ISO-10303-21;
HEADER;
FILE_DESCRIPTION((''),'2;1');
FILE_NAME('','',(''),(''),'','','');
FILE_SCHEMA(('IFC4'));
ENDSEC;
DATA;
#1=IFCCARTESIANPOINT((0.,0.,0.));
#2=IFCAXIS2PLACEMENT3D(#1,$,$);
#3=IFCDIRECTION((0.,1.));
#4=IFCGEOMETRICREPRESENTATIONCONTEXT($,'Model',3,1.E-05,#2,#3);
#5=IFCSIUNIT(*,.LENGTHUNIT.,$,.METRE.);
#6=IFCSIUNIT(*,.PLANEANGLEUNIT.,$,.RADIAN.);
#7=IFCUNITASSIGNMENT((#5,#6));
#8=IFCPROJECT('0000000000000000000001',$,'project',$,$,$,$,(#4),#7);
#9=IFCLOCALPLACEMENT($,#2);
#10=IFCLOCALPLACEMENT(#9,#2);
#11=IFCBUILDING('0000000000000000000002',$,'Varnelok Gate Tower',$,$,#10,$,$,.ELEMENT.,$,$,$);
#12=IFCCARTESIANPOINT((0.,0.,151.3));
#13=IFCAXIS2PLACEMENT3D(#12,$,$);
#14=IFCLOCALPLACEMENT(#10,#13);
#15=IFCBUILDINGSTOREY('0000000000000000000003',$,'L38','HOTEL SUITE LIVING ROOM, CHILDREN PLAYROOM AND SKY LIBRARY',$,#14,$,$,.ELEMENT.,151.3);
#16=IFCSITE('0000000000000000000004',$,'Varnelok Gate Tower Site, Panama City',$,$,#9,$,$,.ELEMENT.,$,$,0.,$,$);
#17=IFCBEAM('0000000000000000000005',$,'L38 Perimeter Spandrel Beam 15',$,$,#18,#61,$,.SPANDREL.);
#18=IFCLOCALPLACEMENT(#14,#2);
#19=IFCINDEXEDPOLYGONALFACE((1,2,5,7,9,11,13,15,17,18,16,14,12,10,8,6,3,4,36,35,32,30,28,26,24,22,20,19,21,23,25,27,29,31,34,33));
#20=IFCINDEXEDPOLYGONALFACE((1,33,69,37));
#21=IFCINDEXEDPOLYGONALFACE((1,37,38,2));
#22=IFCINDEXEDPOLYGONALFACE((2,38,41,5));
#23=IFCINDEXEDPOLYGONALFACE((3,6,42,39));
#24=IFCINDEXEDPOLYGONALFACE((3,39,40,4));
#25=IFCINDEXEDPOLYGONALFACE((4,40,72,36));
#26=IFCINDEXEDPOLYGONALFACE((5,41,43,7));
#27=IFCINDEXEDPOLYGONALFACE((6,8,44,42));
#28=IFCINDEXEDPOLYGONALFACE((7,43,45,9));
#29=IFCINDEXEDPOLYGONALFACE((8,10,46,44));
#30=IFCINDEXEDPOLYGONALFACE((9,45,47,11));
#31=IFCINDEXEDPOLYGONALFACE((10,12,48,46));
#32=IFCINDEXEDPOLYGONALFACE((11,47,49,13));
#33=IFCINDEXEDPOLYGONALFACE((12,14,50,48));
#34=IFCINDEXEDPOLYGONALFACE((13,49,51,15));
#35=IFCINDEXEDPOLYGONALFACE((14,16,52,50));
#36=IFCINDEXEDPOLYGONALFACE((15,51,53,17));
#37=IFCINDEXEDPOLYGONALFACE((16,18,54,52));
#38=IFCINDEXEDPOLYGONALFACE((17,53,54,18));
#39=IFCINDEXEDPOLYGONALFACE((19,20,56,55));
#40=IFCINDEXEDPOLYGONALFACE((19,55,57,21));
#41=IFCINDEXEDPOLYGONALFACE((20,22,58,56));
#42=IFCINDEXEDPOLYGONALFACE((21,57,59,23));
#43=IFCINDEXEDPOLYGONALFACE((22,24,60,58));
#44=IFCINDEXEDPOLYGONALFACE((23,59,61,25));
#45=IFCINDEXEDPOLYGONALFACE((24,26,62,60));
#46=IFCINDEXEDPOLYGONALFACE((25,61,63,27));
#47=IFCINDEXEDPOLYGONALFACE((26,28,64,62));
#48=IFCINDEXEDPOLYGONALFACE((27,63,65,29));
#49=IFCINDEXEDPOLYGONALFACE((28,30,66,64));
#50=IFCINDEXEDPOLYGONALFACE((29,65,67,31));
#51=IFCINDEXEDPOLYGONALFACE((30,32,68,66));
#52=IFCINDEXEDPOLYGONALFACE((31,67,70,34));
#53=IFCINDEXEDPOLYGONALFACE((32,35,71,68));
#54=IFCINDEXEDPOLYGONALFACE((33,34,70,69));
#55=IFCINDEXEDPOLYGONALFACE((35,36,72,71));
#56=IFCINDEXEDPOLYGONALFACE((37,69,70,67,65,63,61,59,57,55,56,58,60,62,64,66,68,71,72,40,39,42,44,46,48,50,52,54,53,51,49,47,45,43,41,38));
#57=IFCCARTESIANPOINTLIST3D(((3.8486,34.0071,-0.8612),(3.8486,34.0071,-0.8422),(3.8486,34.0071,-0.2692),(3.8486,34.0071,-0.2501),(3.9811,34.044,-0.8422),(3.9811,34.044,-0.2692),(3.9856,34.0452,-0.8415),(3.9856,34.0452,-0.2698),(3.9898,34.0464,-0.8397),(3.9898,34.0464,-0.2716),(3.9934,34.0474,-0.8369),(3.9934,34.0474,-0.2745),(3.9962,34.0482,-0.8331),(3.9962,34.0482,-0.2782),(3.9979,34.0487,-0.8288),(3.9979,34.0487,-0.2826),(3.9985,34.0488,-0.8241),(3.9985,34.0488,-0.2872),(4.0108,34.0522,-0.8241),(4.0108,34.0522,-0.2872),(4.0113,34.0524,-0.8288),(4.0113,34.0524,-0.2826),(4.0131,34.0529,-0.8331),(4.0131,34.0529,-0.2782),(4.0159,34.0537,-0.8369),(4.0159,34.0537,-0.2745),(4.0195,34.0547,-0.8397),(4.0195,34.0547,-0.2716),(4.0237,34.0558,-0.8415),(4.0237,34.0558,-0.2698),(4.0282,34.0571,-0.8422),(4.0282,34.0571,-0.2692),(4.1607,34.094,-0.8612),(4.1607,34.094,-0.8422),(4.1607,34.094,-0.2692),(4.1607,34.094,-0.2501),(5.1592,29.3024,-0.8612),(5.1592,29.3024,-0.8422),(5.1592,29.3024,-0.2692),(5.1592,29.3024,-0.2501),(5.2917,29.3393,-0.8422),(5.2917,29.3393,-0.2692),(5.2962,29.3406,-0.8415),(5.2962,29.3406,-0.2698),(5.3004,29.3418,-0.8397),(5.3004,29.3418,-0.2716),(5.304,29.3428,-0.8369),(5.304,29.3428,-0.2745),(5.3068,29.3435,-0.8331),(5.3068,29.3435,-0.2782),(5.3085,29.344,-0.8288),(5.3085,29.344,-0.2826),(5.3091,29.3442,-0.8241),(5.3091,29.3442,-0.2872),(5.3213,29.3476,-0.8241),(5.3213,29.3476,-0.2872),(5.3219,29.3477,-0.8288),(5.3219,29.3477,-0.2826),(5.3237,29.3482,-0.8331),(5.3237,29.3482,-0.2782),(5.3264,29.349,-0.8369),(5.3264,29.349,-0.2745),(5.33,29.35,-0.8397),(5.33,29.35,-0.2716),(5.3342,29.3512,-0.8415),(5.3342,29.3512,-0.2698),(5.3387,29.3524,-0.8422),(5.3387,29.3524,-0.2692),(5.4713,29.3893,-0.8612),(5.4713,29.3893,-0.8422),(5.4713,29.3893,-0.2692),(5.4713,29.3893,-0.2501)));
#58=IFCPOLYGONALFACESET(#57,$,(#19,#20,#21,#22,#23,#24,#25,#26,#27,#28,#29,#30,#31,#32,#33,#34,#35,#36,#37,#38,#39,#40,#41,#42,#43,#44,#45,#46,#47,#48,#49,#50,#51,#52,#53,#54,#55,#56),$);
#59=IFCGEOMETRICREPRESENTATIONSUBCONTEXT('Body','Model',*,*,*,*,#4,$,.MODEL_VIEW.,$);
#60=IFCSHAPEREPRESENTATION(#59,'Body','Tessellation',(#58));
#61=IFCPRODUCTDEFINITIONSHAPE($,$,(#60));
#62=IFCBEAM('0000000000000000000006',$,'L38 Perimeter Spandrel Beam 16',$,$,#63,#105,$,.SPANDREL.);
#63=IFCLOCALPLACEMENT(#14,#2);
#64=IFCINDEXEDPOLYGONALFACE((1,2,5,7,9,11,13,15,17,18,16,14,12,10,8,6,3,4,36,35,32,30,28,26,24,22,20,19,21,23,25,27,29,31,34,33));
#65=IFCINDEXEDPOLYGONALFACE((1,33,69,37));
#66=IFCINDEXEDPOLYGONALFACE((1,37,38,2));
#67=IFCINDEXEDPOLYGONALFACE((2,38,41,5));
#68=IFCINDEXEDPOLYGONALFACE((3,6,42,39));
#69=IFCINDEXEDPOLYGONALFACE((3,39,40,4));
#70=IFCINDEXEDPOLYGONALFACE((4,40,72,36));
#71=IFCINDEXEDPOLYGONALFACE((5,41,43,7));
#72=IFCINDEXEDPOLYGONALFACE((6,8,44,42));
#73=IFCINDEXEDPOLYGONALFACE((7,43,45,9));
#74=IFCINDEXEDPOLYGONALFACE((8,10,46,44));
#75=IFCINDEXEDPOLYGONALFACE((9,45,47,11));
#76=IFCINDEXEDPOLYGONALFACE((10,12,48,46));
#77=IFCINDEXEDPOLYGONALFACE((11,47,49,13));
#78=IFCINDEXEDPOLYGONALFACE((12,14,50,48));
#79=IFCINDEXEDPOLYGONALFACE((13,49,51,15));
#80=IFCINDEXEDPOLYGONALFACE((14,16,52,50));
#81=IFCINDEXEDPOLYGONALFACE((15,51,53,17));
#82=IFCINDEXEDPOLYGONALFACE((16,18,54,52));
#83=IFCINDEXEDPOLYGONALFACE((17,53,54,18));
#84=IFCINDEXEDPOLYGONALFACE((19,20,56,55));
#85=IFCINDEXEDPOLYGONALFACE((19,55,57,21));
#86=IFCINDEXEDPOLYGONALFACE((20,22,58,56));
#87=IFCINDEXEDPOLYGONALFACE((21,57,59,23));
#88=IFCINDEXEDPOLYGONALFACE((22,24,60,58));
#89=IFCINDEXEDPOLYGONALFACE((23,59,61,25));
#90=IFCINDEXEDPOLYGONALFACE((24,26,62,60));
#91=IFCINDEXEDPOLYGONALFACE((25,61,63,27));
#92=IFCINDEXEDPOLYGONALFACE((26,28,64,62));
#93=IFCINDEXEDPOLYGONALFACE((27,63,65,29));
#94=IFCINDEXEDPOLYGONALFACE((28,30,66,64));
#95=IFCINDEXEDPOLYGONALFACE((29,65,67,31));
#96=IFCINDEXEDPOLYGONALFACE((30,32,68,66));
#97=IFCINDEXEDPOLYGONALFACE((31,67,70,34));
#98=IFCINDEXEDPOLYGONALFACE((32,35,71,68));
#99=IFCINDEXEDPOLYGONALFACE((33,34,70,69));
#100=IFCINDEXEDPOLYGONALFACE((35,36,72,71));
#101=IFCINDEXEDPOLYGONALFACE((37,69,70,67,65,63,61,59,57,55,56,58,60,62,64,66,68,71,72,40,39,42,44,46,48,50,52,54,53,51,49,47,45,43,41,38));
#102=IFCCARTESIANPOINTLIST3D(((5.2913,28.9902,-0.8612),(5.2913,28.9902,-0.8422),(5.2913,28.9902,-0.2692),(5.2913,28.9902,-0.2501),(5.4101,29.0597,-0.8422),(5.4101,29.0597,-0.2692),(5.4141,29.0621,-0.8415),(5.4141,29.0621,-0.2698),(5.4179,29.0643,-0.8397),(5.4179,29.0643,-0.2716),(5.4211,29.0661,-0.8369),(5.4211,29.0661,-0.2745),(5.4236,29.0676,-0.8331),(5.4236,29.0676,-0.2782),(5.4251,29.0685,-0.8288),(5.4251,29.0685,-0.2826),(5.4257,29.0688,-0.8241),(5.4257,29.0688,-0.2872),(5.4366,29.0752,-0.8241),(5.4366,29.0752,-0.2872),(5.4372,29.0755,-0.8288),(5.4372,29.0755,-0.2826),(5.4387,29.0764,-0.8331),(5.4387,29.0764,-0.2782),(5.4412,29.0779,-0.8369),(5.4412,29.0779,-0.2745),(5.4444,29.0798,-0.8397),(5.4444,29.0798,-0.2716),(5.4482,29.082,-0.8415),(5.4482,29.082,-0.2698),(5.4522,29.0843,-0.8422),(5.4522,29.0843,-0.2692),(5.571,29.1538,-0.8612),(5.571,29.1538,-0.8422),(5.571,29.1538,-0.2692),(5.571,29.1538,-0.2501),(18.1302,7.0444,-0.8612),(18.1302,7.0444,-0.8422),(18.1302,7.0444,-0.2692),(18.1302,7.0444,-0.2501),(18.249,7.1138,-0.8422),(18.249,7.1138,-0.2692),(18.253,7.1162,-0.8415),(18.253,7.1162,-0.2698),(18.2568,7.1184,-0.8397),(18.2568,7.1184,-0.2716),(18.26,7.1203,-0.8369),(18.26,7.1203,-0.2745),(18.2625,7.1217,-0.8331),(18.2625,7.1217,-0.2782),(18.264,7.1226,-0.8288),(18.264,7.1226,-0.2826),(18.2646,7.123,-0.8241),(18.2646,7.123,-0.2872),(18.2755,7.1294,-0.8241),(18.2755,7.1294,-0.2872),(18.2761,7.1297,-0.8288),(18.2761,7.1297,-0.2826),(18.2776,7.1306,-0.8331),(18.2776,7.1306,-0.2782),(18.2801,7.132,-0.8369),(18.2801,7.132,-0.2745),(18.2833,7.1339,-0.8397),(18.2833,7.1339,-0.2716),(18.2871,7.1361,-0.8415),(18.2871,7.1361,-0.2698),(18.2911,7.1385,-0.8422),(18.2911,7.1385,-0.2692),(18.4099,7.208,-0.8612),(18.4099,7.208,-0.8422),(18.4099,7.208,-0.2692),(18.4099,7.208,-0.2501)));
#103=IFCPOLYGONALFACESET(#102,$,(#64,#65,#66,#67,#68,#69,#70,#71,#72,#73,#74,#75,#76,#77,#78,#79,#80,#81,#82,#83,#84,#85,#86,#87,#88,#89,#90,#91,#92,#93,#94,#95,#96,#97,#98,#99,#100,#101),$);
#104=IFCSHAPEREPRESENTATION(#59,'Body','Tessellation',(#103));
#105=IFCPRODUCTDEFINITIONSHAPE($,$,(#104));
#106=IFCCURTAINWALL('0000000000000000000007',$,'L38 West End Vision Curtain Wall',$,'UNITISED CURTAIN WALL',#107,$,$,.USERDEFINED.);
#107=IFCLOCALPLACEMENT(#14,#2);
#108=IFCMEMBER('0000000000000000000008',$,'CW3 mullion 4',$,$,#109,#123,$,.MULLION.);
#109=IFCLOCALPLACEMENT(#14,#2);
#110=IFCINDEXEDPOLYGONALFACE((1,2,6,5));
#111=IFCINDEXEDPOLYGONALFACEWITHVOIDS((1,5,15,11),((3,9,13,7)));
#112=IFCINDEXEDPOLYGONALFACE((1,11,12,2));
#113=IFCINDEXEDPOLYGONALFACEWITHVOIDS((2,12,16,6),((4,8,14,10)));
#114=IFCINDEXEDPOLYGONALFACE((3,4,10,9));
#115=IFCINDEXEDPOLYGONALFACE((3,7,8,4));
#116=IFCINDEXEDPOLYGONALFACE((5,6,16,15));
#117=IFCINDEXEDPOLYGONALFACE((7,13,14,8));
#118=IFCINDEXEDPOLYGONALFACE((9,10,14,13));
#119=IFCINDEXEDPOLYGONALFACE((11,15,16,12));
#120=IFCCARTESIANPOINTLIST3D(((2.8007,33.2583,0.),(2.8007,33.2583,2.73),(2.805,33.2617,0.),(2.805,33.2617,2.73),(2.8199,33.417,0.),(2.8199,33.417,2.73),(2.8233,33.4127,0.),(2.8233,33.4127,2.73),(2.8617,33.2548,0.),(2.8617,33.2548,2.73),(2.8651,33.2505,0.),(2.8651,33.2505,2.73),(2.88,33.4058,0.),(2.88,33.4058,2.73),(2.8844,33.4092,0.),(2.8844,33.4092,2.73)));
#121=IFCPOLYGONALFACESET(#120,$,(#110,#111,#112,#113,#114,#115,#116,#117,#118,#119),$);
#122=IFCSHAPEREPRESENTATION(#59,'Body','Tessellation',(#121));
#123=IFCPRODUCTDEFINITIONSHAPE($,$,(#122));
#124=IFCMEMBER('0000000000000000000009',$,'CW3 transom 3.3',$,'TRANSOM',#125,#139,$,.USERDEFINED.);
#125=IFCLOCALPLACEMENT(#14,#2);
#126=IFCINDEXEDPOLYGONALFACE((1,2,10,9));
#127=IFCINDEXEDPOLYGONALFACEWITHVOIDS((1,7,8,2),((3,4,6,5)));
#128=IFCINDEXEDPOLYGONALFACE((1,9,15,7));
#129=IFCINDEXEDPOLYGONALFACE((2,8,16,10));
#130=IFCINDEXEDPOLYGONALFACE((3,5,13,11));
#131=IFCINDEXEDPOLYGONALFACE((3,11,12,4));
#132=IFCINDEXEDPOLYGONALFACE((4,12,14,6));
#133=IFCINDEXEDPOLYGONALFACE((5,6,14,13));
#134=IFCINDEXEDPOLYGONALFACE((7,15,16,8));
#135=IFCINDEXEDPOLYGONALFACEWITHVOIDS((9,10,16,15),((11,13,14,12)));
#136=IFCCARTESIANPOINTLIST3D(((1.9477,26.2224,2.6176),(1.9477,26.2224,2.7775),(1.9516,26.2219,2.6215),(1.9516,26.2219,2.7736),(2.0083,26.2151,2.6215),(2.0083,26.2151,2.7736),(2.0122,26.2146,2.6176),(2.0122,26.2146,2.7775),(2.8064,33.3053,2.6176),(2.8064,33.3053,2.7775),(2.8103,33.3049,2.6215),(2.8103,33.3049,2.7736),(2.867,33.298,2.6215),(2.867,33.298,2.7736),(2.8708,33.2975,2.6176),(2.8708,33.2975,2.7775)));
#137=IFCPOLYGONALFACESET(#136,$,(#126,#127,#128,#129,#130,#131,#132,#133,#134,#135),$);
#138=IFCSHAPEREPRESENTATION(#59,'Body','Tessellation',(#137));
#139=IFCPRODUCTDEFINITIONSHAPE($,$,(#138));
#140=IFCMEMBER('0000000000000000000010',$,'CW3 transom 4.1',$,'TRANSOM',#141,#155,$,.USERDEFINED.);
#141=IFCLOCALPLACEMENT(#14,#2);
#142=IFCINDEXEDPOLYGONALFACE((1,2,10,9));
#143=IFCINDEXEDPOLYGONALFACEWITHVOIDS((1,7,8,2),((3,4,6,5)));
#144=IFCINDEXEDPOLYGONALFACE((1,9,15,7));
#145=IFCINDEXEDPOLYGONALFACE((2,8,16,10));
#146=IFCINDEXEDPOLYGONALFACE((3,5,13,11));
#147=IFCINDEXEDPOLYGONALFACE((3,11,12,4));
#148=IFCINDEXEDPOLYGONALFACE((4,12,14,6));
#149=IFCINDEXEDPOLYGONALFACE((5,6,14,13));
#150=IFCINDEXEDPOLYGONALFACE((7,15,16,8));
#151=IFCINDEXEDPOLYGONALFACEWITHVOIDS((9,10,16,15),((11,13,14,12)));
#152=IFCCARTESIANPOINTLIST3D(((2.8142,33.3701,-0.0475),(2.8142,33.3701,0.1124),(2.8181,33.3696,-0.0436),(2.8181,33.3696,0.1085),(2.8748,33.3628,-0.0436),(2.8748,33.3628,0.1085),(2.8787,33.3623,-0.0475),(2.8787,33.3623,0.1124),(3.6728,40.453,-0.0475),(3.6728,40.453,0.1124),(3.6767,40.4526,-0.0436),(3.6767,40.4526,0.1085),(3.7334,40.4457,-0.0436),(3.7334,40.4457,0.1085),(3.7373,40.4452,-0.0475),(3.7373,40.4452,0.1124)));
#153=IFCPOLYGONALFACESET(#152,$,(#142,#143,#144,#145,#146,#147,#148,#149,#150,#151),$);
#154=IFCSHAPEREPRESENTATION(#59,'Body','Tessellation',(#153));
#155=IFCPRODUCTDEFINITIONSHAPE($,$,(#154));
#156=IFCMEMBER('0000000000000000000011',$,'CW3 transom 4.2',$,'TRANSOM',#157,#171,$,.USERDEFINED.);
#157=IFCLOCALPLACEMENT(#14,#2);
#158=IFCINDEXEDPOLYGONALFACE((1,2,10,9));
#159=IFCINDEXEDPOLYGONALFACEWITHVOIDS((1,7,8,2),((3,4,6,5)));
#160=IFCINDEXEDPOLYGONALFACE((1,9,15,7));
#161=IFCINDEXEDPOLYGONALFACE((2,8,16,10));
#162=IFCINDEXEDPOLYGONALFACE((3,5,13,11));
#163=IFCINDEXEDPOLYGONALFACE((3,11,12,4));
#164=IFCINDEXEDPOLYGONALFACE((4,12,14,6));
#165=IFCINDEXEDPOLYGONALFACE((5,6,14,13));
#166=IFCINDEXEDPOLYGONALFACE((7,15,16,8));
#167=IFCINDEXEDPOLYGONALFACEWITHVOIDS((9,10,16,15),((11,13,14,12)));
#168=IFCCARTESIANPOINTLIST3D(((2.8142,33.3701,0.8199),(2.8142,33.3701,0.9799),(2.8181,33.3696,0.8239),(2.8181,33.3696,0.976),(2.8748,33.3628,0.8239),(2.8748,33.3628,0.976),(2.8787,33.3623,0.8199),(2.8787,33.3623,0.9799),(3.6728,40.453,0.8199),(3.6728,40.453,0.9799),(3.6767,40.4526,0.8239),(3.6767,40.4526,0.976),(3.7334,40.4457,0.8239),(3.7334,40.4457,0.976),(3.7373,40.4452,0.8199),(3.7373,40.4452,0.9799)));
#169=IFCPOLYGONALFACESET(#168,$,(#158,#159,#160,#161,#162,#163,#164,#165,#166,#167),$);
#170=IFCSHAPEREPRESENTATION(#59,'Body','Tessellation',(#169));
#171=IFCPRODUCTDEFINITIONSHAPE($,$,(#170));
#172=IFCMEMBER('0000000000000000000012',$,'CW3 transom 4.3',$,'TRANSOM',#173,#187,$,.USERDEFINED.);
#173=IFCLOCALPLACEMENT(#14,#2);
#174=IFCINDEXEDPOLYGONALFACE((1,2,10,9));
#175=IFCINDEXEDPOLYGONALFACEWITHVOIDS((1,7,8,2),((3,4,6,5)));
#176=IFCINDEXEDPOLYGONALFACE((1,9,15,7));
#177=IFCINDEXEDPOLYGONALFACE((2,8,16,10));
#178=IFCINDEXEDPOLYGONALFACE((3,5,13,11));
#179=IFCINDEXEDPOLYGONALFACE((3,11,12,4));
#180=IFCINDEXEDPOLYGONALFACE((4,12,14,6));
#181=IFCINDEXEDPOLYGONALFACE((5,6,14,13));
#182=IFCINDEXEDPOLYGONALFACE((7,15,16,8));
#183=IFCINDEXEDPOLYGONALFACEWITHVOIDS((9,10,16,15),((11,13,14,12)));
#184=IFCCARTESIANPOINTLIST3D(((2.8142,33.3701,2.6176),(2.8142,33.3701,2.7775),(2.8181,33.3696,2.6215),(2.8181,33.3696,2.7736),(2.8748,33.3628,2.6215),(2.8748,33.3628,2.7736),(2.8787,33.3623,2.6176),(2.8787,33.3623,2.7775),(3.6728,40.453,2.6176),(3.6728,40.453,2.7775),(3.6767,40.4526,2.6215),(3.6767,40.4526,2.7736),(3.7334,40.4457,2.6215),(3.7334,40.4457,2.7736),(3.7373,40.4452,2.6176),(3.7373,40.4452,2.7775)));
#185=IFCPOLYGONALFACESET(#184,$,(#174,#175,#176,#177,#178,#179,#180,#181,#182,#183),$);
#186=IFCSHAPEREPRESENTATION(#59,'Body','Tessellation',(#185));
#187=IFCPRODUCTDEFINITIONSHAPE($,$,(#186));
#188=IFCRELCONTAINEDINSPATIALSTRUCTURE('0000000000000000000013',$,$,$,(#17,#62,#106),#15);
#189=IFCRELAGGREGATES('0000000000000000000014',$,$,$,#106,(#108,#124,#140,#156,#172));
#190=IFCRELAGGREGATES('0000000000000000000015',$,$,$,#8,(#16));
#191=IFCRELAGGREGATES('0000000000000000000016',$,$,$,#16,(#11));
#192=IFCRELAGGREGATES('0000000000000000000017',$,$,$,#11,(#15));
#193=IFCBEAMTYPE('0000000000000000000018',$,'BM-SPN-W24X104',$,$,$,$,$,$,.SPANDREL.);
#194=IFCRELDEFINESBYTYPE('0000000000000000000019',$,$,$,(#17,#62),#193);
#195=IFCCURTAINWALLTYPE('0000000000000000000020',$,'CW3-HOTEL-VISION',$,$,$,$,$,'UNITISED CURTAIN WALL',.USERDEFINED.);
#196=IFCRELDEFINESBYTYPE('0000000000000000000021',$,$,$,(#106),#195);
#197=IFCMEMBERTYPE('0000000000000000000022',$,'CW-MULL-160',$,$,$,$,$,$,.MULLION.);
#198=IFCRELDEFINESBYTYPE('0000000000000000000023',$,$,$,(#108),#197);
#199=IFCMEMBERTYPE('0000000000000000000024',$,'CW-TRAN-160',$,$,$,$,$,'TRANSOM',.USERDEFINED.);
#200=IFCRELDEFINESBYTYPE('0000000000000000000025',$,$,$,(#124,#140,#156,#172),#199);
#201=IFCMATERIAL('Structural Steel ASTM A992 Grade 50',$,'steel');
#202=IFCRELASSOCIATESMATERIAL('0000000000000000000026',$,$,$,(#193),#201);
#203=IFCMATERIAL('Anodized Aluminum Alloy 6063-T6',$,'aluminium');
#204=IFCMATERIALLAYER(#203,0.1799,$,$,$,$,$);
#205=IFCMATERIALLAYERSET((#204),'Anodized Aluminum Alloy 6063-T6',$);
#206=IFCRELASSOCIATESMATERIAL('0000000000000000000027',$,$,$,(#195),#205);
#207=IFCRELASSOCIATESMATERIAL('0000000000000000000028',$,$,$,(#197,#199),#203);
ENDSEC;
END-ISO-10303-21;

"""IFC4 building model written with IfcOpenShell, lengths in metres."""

from ifc_helpers import new_model, si_unit, direction, frame, origin, origin_2d, place, context, subcontext, project, spatial, hollow_rectangle, i_section, extrude, material, layer, layer_set, material_profile, profile_set, type_object, element, aggregate, save


model = new_model("IFC4")

# Units and contexts
model_context = context("Model", 3, precision=1e-05, world=origin(), true_north=direction((0.0, 1.0)))
body_context = subcontext(model_context, "Body", "Model", "MODEL_VIEW")
ifc_project = project(units=[si_unit("LENGTHUNIT", "METRE"), si_unit("PLANEANGLEUNIT", "RADIAN")], contexts=[model_context])

# Site, building, storey
site_placement = place(None, origin())
site = spatial("IfcSite", under=ifc_project, at=site_placement, Name="Varnelok Gate Tower Site, Panama City", CompositionType="ELEMENT", RefElevation=0.0)
building_placement = place(site_placement, origin())
building = spatial("IfcBuilding", under=site, at=building_placement, Name="Varnelok Gate Tower", CompositionType="ELEMENT")
storey_placement = place(building_placement, frame((0.0, 0.0, 151.3)))
storey = spatial("IfcBuildingStorey", under=building, at=storey_placement, Name="L38", Description="HOTEL SUITE LIVING ROOM, CHILDREN PLAYROOM AND SKY LIBRARY", CompositionType="ELEMENT", Elevation=151.3)

# Shared definitions
ifc_material_1 = material(Name="Structural Steel ASTM A992 Grade 50", Category="steel")

# Beams
ifc_material_profile_1 = material_profile(ifc_material_1, i_section(OverallWidth=0.324, OverallDepth=0.6111, WebThickness=0.0127, FlangeThickness=0.019, FilletRadius=0.0181, at=origin_2d()), Name="W24X104")
ifc_profile_set_1 = profile_set([ifc_material_profile_1], Name="Structural Steel ASTM A992 Grade 50")
beam_type_1 = type_object("IfcBeamType", Name="BM-SPN-W24X104", PredefinedType="SPANDREL", material=ifc_profile_set_1)
beam_1_placement = place(storey_placement, frame((4.0046, 34.0505, -0.5557), z_axis=(0.26835, -0.963321, 0.0), x_axis=(0.963321, 0.26835, 0.0)))
element("IfcBeam", 1, at=beam_1_placement, inside=storey, type_object=beam_type_1, Name="L38 Perimeter Spandrel Beam 15", PredefinedType="SPANDREL", context=body_context, shape_type="SweptSolid", body=[
    extrude(i_section(OverallWidth=0.324, OverallDepth=0.6111, WebThickness=0.0127, FlangeThickness=0.019, FilletRadius=0.0181, at=origin_2d()), origin(), (0.0, 0.0, 1.0), 4.8838),
])
beam_2_placement = place(storey_placement, frame((5.4312, 29.072, -0.5557), z_axis=(0.504961, -0.863142, 0.0), x_axis=(0.863142, 0.504961, 0.0)))
element("IfcBeam", 2, at=beam_2_placement, inside=storey, type_object=beam_type_1, Name="L38 Perimeter Spandrel Beam 16", PredefinedType="SPANDREL", context=body_context, shape_type="SweptSolid", body=[
    extrude(i_section(OverallWidth=0.324, OverallDepth=0.6111, WebThickness=0.0127, FlangeThickness=0.019, FilletRadius=0.0181, at=origin_2d()), origin(), (0.0, 0.0, 1.0), 25.4255),
])

# Curtain wall, members
ifc_material_2 = material(Name="Anodized Aluminum Alloy 6063-T6", Category="aluminium")
ifc_layer_1 = layer(ifc_material_2, 0.1799)
ifc_layer_set_1 = layer_set([ifc_layer_1], Name="Anodized Aluminum Alloy 6063-T6")
curtain_wall_type = type_object("IfcCurtainWallType", Name="CW3-HOTEL-VISION", ElementType="UNITISED CURTAIN WALL", PredefinedType="USERDEFINED", material=ifc_layer_set_1)
curtain_wall_placement = place(storey_placement, origin())
curtain_wall = element("IfcCurtainWall", 3, at=curtain_wall_placement, inside=storey, type_object=curtain_wall_type, Name="L38 West End Vision Curtain Wall", ObjectType="UNITISED CURTAIN WALL", PredefinedType="USERDEFINED")
ifc_material_profile_2 = material_profile(ifc_material_2, hollow_rectangle(XDim=0.0649, YDim=0.1599, WallThickness=0.0039, at=origin_2d()), Name="ALU160X65X4")
ifc_profile_set_2 = profile_set([ifc_material_profile_2], Name="Anodized Aluminum Alloy 6063-T6")
member_type_1 = type_object("IfcMemberType", Name="CW-MULL-160", PredefinedType="MULLION", material=ifc_profile_set_2)
member_1_placement = place(storey_placement, frame((2.8425, 33.3337, 0.0), z_axis=(0.0, 0.0, 1.0), x_axis=(-0.992732, 0.120347, 0.0)))
member_1 = element("IfcMember", 4, at=member_1_placement, type_object=member_type_1, Name="CW3 mullion 4", PredefinedType="MULLION", context=body_context, shape_type="SweptSolid", body=[
    extrude(hollow_rectangle(XDim=0.0649, YDim=0.1599, WallThickness=0.0039, at=origin_2d()), origin(), (0.0, 0.0, 1.0), 2.73),
])
ifc_material_profile_3 = material_profile(ifc_material_2, hollow_rectangle(XDim=0.0649, YDim=0.1599, WallThickness=0.0039, at=origin_2d()), Name="ALU160X65X4")
ifc_profile_set_3 = profile_set([ifc_material_profile_3], Name="Anodized Aluminum Alloy 6063-T6")
member_type_2 = type_object("IfcMemberType", Name="CW-TRAN-160", ElementType="TRANSOM", PredefinedType="USERDEFINED", material=ifc_profile_set_3)
member_2_placement = place(storey_placement, frame((1.98, 26.2185, 2.6975), z_axis=(0.120345, 0.992732, 0.0), x_axis=(-0.992732, 0.120345, 0.0)))
member_2 = element("IfcMember", 5, at=member_2_placement, type_object=member_type_2, Name="CW3 transom 3.3", ObjectType="TRANSOM", PredefinedType="USERDEFINED", context=body_context, shape_type="SweptSolid", body=[
    extrude(hollow_rectangle(XDim=0.0649, YDim=0.1599, WallThickness=0.0039, at=origin_2d()), origin(), (0.0, 0.0, 1.0), 7.1348),
])
member_3_placement = place(storey_placement, frame((2.8464, 33.3662, 0.0325), z_axis=(0.120345, 0.992732, 0.0), x_axis=(-0.992732, 0.120345, 0.0)))
member_3 = element("IfcMember", 6, at=member_3_placement, type_object=member_type_2, Name="CW3 transom 4.1", ObjectType="TRANSOM", PredefinedType="USERDEFINED", context=body_context, shape_type="SweptSolid", body=[
    extrude(hollow_rectangle(XDim=0.0649, YDim=0.1599, WallThickness=0.0039, at=origin_2d()), origin(), (0.0, 0.0, 1.0), 7.1348),
])
member_4_placement = place(storey_placement, frame((2.8464, 33.3662, 0.8999), z_axis=(0.120345, 0.992732, 0.0), x_axis=(-0.992732, 0.120345, 0.0)))
member_4 = element("IfcMember", 7, at=member_4_placement, type_object=member_type_2, Name="CW3 transom 4.2", ObjectType="TRANSOM", PredefinedType="USERDEFINED", context=body_context, shape_type="SweptSolid", body=[
    extrude(hollow_rectangle(XDim=0.0649, YDim=0.1599, WallThickness=0.0039, at=origin_2d()), origin(), (0.0, 0.0, 1.0), 7.1348),
])
member_5_placement = place(storey_placement, frame((2.8464, 33.3662, 2.6975), z_axis=(0.120345, 0.992732, 0.0), x_axis=(-0.992732, 0.120345, 0.0)))
member_5 = element("IfcMember", 8, at=member_5_placement, type_object=member_type_2, Name="CW3 transom 4.3", ObjectType="TRANSOM", PredefinedType="USERDEFINED", context=body_context, shape_type="SweptSolid", body=[
    extrude(hollow_rectangle(XDim=0.0649, YDim=0.1599, WallThickness=0.0039, at=origin_2d()), origin(), (0.0, 0.0, 1.0), 7.1348),
])
aggregate(curtain_wall, [member_1, member_2, member_3, member_4, member_5])

save(model, "model.ifc")
